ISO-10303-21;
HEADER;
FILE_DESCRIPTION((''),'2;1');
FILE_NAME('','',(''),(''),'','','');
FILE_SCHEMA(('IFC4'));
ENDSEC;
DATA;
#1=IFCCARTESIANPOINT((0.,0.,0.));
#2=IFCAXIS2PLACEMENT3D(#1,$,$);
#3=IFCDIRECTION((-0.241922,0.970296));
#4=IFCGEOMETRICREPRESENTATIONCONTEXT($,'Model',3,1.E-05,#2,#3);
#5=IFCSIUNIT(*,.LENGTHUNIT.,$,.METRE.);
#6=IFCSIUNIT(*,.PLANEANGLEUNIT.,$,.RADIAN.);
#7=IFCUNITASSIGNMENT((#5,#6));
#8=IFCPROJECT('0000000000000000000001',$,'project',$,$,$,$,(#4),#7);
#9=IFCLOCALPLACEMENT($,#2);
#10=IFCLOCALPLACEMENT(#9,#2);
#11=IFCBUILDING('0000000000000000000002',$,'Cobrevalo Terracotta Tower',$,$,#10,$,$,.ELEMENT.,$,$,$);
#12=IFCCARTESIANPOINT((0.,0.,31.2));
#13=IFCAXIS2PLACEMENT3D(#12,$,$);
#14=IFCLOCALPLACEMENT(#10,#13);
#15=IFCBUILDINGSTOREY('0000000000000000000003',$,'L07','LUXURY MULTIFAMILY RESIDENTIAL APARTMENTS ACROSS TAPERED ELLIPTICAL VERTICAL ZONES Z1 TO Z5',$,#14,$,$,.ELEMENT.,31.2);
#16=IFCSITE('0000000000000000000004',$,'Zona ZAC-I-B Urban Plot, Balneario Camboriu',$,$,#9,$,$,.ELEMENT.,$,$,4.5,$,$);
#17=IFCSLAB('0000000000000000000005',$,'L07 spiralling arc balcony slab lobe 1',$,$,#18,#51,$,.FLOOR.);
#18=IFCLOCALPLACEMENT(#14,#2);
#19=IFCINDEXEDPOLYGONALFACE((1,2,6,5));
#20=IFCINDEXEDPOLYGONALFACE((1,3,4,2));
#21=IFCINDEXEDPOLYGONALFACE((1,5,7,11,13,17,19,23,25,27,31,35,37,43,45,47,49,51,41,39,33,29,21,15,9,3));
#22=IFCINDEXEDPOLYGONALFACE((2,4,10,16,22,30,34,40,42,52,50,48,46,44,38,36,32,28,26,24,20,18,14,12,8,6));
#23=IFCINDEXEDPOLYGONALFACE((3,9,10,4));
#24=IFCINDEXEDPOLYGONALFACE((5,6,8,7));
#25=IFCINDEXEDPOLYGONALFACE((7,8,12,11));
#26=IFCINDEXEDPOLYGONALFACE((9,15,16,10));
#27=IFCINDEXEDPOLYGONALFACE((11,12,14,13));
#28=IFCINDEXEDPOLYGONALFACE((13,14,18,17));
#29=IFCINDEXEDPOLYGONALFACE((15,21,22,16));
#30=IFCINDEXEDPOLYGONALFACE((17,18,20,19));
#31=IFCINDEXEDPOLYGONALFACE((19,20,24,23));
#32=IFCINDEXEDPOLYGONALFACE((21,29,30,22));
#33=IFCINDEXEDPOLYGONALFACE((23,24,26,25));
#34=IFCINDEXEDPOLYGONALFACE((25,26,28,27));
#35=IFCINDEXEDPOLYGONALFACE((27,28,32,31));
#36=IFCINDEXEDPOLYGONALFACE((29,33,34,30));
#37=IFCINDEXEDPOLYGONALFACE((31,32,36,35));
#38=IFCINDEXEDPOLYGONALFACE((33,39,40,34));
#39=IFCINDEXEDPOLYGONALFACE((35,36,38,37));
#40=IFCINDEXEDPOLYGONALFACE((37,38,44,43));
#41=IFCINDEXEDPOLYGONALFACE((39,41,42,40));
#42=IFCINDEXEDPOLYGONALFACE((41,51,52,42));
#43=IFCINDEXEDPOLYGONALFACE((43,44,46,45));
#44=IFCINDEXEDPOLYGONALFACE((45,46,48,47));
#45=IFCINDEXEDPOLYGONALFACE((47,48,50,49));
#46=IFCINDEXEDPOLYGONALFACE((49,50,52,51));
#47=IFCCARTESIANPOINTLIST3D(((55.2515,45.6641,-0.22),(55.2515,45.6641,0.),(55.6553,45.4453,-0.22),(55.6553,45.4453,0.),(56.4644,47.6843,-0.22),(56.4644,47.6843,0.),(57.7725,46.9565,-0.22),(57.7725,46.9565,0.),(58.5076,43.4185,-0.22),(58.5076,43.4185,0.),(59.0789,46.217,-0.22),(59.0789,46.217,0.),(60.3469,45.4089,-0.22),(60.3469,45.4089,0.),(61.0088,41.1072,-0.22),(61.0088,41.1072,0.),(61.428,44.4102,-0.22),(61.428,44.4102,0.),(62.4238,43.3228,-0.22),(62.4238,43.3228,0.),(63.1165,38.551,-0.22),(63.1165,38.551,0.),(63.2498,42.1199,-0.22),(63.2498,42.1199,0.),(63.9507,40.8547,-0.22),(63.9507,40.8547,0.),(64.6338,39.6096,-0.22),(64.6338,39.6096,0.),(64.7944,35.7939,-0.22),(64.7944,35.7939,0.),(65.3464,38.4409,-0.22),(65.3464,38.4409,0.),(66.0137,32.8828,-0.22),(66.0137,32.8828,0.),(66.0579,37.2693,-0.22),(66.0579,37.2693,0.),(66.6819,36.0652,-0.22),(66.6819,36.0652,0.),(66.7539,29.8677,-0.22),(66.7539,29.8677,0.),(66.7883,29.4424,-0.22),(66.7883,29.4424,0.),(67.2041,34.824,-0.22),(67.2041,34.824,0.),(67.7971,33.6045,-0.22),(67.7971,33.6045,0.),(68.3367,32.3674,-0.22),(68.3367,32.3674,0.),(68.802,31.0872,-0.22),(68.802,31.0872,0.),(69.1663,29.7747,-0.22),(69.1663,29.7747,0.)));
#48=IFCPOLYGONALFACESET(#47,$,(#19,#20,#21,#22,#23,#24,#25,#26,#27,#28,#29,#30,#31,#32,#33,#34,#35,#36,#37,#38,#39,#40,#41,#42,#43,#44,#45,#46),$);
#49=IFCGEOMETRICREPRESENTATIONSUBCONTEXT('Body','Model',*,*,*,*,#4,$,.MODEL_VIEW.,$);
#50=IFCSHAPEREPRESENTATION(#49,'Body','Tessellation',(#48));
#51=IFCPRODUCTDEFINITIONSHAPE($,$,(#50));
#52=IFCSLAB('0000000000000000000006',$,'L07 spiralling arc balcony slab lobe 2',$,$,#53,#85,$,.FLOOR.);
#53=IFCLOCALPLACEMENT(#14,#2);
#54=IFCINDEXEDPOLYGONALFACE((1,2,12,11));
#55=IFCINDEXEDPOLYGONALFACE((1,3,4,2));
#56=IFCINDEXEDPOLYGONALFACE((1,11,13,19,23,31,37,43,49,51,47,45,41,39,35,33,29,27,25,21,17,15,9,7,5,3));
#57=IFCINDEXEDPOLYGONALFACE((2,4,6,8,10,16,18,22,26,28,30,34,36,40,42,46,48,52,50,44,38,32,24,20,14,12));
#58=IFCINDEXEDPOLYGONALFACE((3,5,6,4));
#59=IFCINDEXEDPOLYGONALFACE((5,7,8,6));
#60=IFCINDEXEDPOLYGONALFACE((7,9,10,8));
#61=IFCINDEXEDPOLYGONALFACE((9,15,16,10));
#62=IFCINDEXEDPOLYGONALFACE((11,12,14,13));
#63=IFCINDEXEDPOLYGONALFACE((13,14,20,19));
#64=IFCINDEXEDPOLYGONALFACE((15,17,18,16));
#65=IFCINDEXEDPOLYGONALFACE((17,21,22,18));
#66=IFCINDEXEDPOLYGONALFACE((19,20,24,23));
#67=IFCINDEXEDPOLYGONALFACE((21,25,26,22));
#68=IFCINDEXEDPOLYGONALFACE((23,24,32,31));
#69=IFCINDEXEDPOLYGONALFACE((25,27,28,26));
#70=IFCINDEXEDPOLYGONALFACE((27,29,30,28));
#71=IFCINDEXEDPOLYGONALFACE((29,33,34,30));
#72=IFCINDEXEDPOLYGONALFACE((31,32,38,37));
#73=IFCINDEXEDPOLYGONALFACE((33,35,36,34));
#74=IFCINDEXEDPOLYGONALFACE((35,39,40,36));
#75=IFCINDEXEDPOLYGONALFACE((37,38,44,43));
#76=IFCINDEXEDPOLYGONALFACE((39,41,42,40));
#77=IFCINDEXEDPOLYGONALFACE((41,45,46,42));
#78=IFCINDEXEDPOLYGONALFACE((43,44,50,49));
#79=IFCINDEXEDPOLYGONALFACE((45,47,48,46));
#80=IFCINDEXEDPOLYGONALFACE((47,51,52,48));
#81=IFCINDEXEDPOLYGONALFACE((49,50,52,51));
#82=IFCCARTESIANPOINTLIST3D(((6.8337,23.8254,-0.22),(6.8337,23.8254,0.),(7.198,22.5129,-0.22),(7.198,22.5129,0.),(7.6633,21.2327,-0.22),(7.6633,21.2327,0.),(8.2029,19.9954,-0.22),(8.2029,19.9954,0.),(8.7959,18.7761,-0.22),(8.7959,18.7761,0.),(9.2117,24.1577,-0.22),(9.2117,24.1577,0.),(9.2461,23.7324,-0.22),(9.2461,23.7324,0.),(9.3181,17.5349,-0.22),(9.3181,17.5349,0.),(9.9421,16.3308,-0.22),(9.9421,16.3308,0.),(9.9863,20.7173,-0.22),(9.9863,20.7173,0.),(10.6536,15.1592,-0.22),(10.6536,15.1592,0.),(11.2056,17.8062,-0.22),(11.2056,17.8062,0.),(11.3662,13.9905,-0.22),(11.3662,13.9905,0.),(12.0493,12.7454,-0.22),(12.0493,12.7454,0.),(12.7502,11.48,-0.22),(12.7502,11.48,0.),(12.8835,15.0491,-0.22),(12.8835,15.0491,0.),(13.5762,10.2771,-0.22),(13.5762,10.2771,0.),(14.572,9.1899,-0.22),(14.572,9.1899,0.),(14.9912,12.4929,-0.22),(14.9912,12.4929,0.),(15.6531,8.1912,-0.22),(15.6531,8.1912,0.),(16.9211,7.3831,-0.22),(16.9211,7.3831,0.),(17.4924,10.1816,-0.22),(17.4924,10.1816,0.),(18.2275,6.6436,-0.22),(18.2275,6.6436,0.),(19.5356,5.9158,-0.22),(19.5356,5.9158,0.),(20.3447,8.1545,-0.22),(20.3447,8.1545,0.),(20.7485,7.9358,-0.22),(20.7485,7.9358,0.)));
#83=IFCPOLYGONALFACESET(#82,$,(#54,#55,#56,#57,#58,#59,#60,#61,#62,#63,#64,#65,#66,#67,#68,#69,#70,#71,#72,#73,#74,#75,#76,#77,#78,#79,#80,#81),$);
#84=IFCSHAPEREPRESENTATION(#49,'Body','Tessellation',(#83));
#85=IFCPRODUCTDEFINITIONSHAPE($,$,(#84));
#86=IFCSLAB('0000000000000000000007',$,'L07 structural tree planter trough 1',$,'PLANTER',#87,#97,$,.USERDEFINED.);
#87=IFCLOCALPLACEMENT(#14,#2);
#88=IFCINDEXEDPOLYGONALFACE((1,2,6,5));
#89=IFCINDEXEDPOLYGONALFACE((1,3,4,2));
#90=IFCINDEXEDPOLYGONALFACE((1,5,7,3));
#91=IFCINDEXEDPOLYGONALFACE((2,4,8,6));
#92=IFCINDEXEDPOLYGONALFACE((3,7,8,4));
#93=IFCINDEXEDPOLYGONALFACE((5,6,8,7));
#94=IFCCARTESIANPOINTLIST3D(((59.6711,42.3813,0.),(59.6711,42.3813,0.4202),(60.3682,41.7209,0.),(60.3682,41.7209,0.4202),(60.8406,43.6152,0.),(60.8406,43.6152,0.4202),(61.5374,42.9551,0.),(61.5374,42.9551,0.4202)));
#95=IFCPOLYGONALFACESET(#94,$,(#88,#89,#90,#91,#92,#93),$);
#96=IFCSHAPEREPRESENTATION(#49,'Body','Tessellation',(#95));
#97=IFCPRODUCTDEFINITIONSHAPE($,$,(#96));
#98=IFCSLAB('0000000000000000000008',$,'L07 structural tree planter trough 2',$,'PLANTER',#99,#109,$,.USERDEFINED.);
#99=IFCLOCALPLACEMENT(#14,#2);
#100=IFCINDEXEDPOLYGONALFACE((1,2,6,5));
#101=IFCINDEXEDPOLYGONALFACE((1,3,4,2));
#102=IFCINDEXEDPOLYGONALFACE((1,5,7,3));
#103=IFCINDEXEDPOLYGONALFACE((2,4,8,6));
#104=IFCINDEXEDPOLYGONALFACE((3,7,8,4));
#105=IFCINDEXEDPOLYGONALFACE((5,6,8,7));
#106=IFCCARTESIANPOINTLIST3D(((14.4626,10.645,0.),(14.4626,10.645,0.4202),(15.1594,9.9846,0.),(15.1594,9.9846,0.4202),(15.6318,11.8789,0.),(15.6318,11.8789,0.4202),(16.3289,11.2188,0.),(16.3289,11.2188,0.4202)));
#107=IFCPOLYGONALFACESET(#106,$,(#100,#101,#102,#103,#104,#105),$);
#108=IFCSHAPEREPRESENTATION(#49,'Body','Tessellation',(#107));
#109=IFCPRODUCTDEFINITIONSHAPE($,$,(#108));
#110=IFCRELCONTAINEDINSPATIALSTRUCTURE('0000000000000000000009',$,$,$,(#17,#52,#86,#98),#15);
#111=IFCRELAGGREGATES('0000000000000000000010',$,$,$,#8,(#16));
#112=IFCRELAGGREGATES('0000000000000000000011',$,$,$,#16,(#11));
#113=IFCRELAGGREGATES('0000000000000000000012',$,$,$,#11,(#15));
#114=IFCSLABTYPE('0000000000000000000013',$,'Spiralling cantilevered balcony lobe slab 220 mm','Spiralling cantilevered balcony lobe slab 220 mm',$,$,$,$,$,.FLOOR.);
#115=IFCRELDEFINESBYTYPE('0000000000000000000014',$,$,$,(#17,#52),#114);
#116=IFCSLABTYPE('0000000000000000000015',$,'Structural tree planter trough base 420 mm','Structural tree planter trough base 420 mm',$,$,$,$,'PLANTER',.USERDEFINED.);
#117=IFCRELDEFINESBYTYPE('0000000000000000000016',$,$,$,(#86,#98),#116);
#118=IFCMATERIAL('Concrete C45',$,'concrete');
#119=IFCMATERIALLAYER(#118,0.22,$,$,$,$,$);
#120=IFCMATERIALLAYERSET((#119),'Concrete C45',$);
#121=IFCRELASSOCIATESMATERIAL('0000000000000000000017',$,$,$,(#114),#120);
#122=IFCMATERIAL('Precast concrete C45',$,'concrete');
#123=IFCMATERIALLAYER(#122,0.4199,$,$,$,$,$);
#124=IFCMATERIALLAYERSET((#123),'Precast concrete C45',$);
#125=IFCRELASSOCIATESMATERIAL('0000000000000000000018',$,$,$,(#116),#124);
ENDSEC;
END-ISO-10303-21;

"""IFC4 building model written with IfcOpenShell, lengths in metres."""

from ifc_helpers import new_model, si_unit, direction, frame, origin, place, context, subcontext, project, spatial, polyline, outline, extrude, material, layer, layer_set, type_object, element, save


model = new_model("IFC4")

# Units and contexts
model_context = context("Model", 3, precision=1e-05, world=origin(), true_north=direction((-0.241922, 0.970296)))
body_context = subcontext(model_context, "Body", "Model", "MODEL_VIEW")
ifc_project = project(units=[si_unit("LENGTHUNIT", "METRE"), si_unit("PLANEANGLEUNIT", "RADIAN")], contexts=[model_context])

# Site, building, storey
site_placement = place(None, origin())
site = spatial("IfcSite", under=ifc_project, at=site_placement, Name="Zona ZAC-I-B Urban Plot, Balneario Camboriu", CompositionType="ELEMENT", RefElevation=4.5)
building_placement = place(site_placement, origin())
building = spatial("IfcBuilding", under=site, at=building_placement, Name="Cobrevalo Terracotta Tower", CompositionType="ELEMENT")
storey_placement = place(building_placement, frame((0.0, 0.0, 31.2)))
storey = spatial("IfcBuildingStorey", under=building, at=storey_placement, Name="L07", Description="LUXURY MULTIFAMILY RESIDENTIAL APARTMENTS ACROSS TAPERED ELLIPTICAL VERTICAL ZONES Z1 TO Z5", CompositionType="ELEMENT", Elevation=31.2)

# Slabs
ifc_material_1 = material(Name="Concrete C45", Category="concrete")
ifc_layer_1 = layer(ifc_material_1, 0.22)
ifc_layer_set_1 = layer_set([ifc_layer_1], Name="Concrete C45")
slab_type_1 = type_object("IfcSlabType", Name="Spiralling cantilevered balcony lobe slab 220 mm", Description="Spiralling cantilevered balcony lobe slab 220 mm", PredefinedType="FLOOR", material=ifc_layer_set_1)
slab_1_placement = place(storey_placement, frame((0.0, 0.0, -0.22)))
element("IfcSlab", 1, at=slab_1_placement, inside=storey, type_object=slab_type_1, Name="L07 spiralling arc balcony slab lobe 1", PredefinedType="FLOOR", context=body_context, shape_type="SweptSolid", body=[
    extrude(outline(polyline([(69.1663, 29.7747), (68.802, 31.0872), (68.3367, 32.3674), (67.7971, 33.6045), (67.2041, 34.824), (66.6819, 36.0652), (66.0579, 37.2693), (65.3464, 38.4409), (64.6338, 39.6096), (63.9507, 40.8547), (63.2498, 42.1199), (62.4238, 43.3228), (61.428, 44.4102), (60.3469, 45.4089), (59.0789, 46.217), (57.7725, 46.9565), (56.4644, 47.6843), (55.2515, 45.6641), (55.6553, 45.4453), (58.5076, 43.4185), (61.0088, 41.1072), (63.1165, 38.551), (64.7944, 35.7939), (66.0137, 32.8828), (66.7539, 29.8677), (66.7883, 29.4424), (69.1663, 29.7747)])), origin(), (0.0, 0.0, 1.0), 0.22),
])
slab_2_placement = place(storey_placement, frame((0.0, 0.0, -0.22)))
element("IfcSlab", 2, at=slab_2_placement, inside=storey, type_object=slab_type_1, Name="L07 spiralling arc balcony slab lobe 2", PredefinedType="FLOOR", context=body_context, shape_type="SweptSolid", body=[
    extrude(outline(polyline([(6.8337, 23.8254), (7.198, 22.5129), (7.6633, 21.2327), (8.2029, 19.9954), (8.7959, 18.7761), (9.3181, 17.5349), (9.9421, 16.3308), (10.6536, 15.1592), (11.3662, 13.9905), (12.0493, 12.7454), (12.7502, 11.48), (13.5762, 10.2771), (14.572, 9.1899), (15.6531, 8.1912), (16.9211, 7.3831), (18.2275, 6.6436), (19.5356, 5.9158), (20.7485, 7.9358), (20.3447, 8.1545), (17.4924, 10.1816), (14.9912, 12.4929), (12.8835, 15.0491), (11.2056, 17.8062), (9.9863, 20.7173), (9.2461, 23.7324), (9.2117, 24.1577), (6.8337, 23.8254)])), origin(), (0.0, 0.0, 1.0), 0.22),
])
ifc_material_2 = material(Name="Precast concrete C45", Category="concrete")
ifc_layer_2 = layer(ifc_material_2, 0.4199)
ifc_layer_set_2 = layer_set([ifc_layer_2], Name="Precast concrete C45")
slab_type_2 = type_object("IfcSlabType", Name="Structural tree planter trough base 420 mm", Description="Structural tree planter trough base 420 mm", ElementType="PLANTER", PredefinedType="USERDEFINED", material=ifc_layer_set_2)
slab_3_placement = place(storey_placement, origin())
element("IfcSlab", 3, at=slab_3_placement, inside=storey, type_object=slab_type_2, Name="L07 structural tree planter trough 1", ObjectType="PLANTER", PredefinedType="USERDEFINED", context=body_context, shape_type="SweptSolid", body=[
    extrude(outline(polyline([(60.3682, 41.7209), (61.5374, 42.9551), (60.8406, 43.6152), (59.6711, 42.3813), (60.3682, 41.7209)])), origin(), (0.0, 0.0, 1.0), 0.4202),
])
slab_4_placement = place(storey_placement, origin())
element("IfcSlab", 4, at=slab_4_placement, inside=storey, type_object=slab_type_2, Name="L07 structural tree planter trough 2", ObjectType="PLANTER", PredefinedType="USERDEFINED", context=body_context, shape_type="SweptSolid", body=[
    extrude(outline(polyline([(15.6318, 11.8789), (14.4626, 10.645), (15.1594, 9.9846), (16.3289, 11.2188), (15.6318, 11.8789)])), origin(), (0.0, 0.0, 1.0), 0.4202),
])

save(model, "model.ifc")
